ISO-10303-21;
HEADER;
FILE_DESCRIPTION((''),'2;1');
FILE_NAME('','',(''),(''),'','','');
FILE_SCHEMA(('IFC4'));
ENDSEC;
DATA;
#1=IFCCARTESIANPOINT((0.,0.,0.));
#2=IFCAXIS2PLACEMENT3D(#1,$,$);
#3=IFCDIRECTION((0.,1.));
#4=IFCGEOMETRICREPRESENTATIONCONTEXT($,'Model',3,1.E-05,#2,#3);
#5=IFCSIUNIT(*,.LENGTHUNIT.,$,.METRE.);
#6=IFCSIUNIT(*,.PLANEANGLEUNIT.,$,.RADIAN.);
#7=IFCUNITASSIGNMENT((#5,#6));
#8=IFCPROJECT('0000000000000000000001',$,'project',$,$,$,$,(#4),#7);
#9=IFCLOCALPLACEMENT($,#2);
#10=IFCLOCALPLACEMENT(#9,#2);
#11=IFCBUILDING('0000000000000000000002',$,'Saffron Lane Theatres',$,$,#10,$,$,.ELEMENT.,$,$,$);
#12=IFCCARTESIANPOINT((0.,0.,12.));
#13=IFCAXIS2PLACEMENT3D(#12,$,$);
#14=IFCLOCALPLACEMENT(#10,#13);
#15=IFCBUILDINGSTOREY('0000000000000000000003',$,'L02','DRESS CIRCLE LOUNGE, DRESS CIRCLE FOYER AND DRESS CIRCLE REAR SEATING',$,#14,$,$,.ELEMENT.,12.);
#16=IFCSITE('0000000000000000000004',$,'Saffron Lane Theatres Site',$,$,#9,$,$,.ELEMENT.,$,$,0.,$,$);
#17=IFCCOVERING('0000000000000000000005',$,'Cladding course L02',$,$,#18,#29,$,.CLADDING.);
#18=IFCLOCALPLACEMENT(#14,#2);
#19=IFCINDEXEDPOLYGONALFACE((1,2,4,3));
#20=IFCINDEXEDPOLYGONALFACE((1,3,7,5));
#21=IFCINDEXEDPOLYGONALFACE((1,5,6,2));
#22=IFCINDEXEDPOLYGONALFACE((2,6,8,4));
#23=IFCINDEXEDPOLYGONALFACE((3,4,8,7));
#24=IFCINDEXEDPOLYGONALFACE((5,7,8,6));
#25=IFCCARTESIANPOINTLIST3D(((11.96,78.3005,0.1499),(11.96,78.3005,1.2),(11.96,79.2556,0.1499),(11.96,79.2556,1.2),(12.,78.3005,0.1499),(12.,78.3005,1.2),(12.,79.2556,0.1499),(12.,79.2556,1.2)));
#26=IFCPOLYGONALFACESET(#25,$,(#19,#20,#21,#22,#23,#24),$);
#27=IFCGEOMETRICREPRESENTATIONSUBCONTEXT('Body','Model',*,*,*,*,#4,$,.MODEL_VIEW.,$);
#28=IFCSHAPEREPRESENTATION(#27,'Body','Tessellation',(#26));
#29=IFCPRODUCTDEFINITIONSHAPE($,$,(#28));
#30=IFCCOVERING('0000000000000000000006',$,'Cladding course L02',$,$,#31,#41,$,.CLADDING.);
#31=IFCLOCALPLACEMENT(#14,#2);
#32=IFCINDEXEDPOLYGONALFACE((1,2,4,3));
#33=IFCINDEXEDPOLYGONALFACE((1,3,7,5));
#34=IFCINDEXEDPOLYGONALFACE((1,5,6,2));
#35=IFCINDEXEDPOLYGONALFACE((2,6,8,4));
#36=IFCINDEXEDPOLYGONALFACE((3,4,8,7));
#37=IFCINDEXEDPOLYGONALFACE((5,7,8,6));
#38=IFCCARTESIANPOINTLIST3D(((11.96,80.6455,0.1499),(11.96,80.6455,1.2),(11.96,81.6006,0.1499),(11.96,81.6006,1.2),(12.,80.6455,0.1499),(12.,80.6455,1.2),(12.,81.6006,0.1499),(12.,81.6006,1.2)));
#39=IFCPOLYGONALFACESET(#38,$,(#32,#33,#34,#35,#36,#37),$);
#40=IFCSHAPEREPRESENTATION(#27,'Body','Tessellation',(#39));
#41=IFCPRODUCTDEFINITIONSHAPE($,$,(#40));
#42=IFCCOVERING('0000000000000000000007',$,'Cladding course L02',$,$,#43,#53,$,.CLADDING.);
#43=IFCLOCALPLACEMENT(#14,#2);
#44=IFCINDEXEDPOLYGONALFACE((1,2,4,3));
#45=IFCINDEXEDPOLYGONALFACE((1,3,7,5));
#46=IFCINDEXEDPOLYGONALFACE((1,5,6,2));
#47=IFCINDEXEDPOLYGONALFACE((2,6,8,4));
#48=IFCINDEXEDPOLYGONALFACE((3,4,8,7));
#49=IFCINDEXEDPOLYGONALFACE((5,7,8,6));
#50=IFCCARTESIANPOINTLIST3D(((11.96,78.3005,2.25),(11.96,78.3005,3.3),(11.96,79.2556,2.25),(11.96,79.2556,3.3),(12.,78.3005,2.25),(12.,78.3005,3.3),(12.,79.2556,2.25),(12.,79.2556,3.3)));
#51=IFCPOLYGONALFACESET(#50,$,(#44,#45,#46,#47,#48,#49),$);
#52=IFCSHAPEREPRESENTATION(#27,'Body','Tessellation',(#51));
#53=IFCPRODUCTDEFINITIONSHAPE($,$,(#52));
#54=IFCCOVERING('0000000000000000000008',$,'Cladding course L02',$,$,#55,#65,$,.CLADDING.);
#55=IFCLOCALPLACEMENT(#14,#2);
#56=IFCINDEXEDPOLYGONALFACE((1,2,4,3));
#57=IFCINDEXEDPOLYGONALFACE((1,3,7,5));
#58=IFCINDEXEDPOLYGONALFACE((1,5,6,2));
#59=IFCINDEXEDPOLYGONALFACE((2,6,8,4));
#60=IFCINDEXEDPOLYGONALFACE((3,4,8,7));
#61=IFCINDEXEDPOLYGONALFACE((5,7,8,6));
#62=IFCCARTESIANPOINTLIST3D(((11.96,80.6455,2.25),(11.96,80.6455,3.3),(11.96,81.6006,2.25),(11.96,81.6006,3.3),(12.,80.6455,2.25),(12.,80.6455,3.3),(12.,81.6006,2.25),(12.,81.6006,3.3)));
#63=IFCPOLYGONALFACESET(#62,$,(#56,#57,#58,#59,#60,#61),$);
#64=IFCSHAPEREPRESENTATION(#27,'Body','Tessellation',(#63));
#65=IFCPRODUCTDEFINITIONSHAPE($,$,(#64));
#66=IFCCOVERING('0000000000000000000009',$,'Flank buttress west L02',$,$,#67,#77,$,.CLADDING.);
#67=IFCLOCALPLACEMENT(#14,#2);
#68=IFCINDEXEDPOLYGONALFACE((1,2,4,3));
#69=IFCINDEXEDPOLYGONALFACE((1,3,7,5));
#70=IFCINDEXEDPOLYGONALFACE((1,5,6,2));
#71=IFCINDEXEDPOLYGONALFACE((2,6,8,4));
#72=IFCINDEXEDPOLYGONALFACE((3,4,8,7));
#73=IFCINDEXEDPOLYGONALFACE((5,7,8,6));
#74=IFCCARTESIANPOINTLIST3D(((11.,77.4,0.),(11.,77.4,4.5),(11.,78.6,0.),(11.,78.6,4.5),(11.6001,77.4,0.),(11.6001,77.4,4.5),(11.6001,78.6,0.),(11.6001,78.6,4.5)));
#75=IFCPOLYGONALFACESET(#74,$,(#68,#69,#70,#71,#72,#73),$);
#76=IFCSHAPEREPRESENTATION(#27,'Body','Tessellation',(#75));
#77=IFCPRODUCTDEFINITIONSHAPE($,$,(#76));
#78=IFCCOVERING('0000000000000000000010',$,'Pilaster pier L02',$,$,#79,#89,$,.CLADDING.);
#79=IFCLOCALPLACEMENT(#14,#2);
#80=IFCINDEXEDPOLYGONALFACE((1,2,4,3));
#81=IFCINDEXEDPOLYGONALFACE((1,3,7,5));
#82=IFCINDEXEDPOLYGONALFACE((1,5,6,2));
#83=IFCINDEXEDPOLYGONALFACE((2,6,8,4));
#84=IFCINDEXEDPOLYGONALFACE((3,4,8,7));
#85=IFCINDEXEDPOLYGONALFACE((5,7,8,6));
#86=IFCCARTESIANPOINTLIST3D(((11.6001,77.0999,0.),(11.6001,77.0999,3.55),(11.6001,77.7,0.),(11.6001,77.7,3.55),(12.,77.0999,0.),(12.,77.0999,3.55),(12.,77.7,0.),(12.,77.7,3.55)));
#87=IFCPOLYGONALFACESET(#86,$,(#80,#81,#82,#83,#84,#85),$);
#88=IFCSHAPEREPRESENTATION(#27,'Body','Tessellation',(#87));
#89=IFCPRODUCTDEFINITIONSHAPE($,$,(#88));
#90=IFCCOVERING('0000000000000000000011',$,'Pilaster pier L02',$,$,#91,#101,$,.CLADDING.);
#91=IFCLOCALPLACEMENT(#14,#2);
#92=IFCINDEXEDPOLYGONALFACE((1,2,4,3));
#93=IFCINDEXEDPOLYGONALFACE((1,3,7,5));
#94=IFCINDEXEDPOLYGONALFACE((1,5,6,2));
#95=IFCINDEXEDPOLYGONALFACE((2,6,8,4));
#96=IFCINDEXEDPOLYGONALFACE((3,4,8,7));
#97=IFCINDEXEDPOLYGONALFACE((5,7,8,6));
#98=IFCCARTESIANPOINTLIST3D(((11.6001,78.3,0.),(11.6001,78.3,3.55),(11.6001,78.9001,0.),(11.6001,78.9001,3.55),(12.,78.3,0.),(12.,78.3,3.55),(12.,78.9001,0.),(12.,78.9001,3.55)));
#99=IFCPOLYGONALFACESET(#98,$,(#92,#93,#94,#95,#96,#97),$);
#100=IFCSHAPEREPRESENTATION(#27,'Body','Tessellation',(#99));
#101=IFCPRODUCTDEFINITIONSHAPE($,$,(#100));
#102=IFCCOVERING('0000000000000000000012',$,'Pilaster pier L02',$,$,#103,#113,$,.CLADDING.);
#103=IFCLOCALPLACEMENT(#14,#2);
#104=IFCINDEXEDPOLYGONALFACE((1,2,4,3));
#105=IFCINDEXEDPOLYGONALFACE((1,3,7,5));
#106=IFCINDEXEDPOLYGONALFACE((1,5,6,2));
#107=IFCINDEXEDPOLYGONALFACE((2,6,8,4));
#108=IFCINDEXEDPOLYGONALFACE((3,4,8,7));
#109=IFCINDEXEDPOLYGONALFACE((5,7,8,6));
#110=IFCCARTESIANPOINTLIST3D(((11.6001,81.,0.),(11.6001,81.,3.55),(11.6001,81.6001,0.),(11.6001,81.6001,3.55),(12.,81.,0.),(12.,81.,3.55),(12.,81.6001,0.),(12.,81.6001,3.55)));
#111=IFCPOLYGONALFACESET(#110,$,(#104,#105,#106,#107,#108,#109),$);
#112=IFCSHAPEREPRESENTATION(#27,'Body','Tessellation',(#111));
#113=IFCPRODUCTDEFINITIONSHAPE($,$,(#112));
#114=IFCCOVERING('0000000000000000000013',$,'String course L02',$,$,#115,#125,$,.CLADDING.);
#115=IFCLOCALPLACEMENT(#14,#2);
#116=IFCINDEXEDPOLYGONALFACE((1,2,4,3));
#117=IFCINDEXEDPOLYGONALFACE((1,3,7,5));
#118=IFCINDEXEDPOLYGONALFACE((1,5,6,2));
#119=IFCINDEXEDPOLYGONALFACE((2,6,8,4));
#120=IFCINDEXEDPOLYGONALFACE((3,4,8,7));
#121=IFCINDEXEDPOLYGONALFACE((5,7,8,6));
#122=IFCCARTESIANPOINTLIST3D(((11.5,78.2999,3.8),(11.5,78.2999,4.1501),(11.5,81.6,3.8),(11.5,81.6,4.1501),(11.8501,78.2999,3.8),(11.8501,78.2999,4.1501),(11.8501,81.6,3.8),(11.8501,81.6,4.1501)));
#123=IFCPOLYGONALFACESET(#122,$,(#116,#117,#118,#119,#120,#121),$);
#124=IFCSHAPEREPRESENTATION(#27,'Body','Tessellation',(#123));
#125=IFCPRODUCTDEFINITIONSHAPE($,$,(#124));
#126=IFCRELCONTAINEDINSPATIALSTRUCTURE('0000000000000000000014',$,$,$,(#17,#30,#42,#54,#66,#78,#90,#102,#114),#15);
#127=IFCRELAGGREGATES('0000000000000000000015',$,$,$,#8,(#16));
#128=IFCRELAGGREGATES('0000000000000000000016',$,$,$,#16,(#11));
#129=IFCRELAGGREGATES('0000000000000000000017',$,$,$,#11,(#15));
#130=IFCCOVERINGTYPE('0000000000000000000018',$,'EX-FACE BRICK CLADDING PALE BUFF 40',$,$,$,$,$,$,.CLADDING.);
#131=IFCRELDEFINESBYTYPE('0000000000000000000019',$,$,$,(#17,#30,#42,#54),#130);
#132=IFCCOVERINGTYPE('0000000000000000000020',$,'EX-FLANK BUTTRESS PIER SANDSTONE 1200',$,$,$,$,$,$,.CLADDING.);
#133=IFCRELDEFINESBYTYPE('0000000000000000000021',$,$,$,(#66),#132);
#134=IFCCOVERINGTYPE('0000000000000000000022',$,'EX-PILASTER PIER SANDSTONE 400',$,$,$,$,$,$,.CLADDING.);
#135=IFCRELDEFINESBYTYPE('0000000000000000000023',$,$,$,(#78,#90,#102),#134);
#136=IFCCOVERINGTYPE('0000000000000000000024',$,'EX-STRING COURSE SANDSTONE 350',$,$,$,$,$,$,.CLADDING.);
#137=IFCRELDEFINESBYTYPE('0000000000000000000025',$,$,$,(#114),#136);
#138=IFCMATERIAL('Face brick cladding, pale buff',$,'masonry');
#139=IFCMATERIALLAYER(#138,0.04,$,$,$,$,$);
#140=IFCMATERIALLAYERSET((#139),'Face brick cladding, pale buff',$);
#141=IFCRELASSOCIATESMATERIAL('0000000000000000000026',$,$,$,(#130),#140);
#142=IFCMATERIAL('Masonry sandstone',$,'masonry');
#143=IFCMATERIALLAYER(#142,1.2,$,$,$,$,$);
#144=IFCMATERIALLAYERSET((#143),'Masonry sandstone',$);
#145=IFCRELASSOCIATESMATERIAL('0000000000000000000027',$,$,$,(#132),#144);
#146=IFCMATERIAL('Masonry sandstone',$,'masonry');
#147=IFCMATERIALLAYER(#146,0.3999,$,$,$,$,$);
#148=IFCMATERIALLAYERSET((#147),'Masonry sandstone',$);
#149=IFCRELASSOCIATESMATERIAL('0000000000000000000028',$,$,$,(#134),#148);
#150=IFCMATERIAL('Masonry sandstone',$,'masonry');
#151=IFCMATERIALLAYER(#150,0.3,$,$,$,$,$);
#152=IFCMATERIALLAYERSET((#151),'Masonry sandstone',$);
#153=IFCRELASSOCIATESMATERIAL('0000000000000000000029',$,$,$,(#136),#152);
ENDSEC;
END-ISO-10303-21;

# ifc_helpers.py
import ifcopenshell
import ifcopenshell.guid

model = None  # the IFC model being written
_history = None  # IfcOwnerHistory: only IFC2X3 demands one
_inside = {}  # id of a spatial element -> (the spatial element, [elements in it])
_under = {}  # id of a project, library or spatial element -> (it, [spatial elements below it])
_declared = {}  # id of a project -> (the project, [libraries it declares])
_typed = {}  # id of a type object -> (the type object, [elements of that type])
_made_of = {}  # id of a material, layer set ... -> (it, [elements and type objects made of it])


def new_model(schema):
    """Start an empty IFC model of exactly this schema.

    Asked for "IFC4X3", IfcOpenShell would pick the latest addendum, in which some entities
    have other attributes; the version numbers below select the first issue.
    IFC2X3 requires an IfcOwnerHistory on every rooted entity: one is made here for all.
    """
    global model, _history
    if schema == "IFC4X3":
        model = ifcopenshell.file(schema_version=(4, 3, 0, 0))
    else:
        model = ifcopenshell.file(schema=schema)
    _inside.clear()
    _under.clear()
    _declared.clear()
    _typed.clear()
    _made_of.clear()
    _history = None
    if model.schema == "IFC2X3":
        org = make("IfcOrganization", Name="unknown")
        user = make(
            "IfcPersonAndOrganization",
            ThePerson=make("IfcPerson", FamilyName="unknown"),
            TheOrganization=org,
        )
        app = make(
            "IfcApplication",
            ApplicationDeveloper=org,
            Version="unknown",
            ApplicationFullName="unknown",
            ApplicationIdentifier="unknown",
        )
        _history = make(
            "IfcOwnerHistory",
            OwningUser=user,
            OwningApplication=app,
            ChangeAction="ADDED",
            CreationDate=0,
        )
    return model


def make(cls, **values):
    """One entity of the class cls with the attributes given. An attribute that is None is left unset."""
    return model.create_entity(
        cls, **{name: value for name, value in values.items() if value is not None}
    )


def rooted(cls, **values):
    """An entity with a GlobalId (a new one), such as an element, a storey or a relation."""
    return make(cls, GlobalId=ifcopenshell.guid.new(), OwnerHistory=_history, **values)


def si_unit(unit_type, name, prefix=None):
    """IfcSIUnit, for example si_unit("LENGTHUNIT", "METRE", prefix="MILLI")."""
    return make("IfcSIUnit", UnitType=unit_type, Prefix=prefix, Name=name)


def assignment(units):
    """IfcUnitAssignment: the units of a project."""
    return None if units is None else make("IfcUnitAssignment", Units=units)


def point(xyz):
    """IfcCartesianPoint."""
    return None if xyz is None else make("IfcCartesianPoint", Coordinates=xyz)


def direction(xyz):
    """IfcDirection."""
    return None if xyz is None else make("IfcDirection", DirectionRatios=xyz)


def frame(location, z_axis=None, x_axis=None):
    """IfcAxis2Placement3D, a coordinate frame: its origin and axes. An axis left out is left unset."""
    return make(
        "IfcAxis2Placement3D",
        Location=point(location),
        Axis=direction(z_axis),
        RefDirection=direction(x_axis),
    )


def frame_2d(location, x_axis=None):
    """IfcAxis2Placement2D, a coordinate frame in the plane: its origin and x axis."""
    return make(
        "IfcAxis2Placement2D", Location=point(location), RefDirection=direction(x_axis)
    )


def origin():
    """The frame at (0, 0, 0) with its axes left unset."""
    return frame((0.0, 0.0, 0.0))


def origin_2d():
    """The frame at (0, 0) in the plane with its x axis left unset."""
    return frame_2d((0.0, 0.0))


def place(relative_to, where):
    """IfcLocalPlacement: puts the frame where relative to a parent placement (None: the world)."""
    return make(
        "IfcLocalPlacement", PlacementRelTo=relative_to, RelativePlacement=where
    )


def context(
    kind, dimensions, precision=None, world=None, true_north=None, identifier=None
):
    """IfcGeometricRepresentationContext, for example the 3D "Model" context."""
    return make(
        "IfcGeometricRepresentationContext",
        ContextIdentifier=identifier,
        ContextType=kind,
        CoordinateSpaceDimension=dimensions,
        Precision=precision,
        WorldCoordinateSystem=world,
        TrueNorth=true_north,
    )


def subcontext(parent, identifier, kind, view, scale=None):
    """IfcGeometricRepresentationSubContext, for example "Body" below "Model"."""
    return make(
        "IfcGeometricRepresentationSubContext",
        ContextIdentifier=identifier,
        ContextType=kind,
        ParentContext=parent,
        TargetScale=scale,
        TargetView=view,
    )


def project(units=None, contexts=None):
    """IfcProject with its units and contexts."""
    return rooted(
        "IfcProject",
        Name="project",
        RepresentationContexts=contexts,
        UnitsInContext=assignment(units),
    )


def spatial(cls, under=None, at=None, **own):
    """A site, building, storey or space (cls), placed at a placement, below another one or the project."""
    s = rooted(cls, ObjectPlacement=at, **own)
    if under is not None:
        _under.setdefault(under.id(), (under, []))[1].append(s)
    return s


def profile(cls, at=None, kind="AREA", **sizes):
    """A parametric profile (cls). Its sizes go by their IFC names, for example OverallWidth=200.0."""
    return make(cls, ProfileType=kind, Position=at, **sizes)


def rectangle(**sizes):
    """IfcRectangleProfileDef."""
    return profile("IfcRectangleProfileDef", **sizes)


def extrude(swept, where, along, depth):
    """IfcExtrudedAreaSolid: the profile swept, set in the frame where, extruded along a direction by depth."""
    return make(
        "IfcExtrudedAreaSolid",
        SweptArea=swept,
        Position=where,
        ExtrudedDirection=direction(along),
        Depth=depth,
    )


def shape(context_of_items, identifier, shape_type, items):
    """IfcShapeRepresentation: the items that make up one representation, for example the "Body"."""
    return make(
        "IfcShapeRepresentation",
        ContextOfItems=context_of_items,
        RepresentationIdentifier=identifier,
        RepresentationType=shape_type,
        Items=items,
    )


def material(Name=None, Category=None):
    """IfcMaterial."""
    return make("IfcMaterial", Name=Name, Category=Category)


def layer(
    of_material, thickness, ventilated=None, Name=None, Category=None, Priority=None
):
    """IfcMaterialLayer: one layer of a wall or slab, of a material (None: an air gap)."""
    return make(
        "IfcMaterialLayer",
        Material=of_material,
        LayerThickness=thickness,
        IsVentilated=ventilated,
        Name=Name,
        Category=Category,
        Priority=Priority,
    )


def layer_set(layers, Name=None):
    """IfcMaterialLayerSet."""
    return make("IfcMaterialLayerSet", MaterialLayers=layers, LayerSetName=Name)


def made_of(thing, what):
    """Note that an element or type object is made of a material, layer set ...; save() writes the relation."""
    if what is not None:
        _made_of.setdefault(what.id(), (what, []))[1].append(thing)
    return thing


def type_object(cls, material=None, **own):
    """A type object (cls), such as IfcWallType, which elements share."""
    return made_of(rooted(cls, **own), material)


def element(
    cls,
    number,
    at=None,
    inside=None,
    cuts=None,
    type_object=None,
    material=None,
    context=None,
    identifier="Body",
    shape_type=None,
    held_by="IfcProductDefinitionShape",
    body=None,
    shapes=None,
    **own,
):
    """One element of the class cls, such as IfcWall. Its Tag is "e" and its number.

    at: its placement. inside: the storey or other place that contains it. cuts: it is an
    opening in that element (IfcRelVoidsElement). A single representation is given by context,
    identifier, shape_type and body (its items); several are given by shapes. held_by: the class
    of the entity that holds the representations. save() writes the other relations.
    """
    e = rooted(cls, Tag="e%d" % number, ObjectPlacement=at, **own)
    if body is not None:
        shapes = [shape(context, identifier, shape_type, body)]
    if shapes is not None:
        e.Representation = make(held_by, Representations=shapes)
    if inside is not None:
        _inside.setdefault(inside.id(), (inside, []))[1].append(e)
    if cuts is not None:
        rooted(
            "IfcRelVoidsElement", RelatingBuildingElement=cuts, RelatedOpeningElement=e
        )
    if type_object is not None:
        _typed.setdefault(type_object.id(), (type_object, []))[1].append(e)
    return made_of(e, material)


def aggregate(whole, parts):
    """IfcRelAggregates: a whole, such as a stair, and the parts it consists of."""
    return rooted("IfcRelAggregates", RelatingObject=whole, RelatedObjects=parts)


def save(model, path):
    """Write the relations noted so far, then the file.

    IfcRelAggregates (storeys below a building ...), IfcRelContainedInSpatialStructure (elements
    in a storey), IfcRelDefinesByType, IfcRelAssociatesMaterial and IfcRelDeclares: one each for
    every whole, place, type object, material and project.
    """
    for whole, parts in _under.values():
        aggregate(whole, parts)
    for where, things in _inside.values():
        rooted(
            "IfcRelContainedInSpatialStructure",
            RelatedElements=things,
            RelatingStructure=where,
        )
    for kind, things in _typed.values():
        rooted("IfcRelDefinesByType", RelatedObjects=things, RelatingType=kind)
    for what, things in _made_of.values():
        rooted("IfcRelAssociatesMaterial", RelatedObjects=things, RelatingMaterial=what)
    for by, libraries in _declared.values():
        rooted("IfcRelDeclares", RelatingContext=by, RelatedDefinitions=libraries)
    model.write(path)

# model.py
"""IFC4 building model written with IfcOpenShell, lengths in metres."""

from ifc_helpers import new_model, si_unit, direction, frame, origin, origin_2d, place, context, subcontext, project, spatial, rectangle, extrude, material, layer, layer_set, type_object, element, save


model = new_model("IFC4")

# Units and contexts
model_context = context("Model", 3, precision=1e-05, world=origin(), true_north=direction((0.0, 1.0)))
body_context = subcontext(model_context, "Body", "Model", "MODEL_VIEW")
ifc_project = project(units=[si_unit("LENGTHUNIT", "METRE"), si_unit("PLANEANGLEUNIT", "RADIAN")], contexts=[model_context])

# Site, building, storey
site_placement = place(None, origin())
site = spatial("IfcSite", under=ifc_project, at=site_placement, Name="Saffron Lane Theatres Site", CompositionType="ELEMENT", RefElevation=0.0)
building_placement = place(site_placement, origin())
building = spatial("IfcBuilding", under=site, at=building_placement, Name="Saffron Lane Theatres", CompositionType="ELEMENT")
storey_placement = place(building_placement, frame((0.0, 0.0, 12.0)))
storey = spatial("IfcBuildingStorey", under=building, at=storey_placement, Name="L02", Description="DRESS CIRCLE LOUNGE, DRESS CIRCLE FOYER AND DRESS CIRCLE REAR SEATING", CompositionType="ELEMENT", Elevation=12.0)

# Coverings
ifc_material_1 = material(Name="Face brick cladding, pale buff", Category="masonry")
ifc_layer_1 = layer(ifc_material_1, 0.04)
ifc_layer_set_1 = layer_set([ifc_layer_1], Name="Face brick cladding, pale buff")
covering_type_1 = type_object("IfcCoveringType", Name="EX-FACE BRICK CLADDING PALE BUFF 40", PredefinedType="CLADDING", material=ifc_layer_set_1)
for number, where, z_axis, x_axis, name in (
    (1, (11.98, 78.7781, 0.1499), (0.0, 0.0, 1.0), (0.0, 1.0, 0.0), "Cladding course L02"),
    (2, (11.98, 81.123, 0.1499), (0.0, 0.0, 1.0), (0.0, 1.0, 0.0), "Cladding course L02"),
    (3, (11.98, 78.7781, 2.25), (0.0, 0.0, 1.0), (0.0, 1.0, 0.0), "Cladding course L02"),
    (4, (11.98, 81.123, 2.25), (0.0, 0.0, 1.0), (0.0, 1.0, 0.0), "Cladding course L02"),
):
    element("IfcCovering", number, at=place(storey_placement, frame(where, z_axis=z_axis, x_axis=x_axis)), inside=storey, type_object=covering_type_1, Name=name, PredefinedType="CLADDING", context=body_context, shape_type="SweptSolid", body=[
        extrude(rectangle(XDim=0.9551, YDim=0.04, at=origin_2d()), origin(), (0.0, 0.0, 1.0), 1.05),
    ])
ifc_material_2 = material(Name="Masonry sandstone", Category="masonry")
ifc_layer_2 = layer(ifc_material_2, 1.2)
ifc_layer_set_2 = layer_set([ifc_layer_2], Name="Masonry sandstone")
covering_type_2 = type_object("IfcCoveringType", Name="EX-FLANK BUTTRESS PIER SANDSTONE 1200", PredefinedType="CLADDING", material=ifc_layer_set_2)
covering_1_placement = place(storey_placement, frame((11.3, 78.0, 0.0), z_axis=(0.0, 0.0, 1.0), x_axis=(0.0, 1.0, 0.0)))
element("IfcCovering", 5, at=covering_1_placement, inside=storey, type_object=covering_type_2, Name="Flank buttress west L02", PredefinedType="CLADDING", context=body_context, shape_type="SweptSolid", body=[
    extrude(rectangle(XDim=1.2, YDim=0.6001, at=origin_2d()), origin(), (0.0, 0.0, 1.0), 4.5),
])
ifc_material_3 = material(Name="Masonry sandstone", Category="masonry")
ifc_layer_3 = layer(ifc_material_3, 0.3999)
ifc_layer_set_3 = layer_set([ifc_layer_3], Name="Masonry sandstone")
covering_type_3 = type_object("IfcCoveringType", Name="EX-PILASTER PIER SANDSTONE 400", PredefinedType="CLADDING", material=ifc_layer_set_3)
for number, where, z_axis, x_axis, name in (
    (6, (11.8, 77.3999, 0.0), (0.0, 0.0, 1.0), (0.0, 1.0, 0.0), "Pilaster pier L02"),
    (7, (11.8, 78.6001, 0.0), (0.0, 0.0, 1.0), (0.0, 1.0, 0.0), "Pilaster pier L02"),
    (8, (11.8, 81.3, 0.0), (0.0, 0.0, 1.0), (0.0, 1.0, 0.0), "Pilaster pier L02"),
):
    element("IfcCovering", number, at=place(storey_placement, frame(where, z_axis=z_axis, x_axis=x_axis)), inside=storey, type_object=covering_type_3, Name=name, PredefinedType="CLADDING", context=body_context, shape_type="SweptSolid", body=[
        extrude(rectangle(XDim=0.6001, YDim=0.3999, at=origin_2d()), origin(), (0.0, 0.0, 1.0), 3.55),
    ])
ifc_material_4 = material(Name="Masonry sandstone", Category="masonry")
ifc_layer_4 = layer(ifc_material_4, 0.3)
ifc_layer_set_4 = layer_set([ifc_layer_4], Name="Masonry sandstone")
covering_type_4 = type_object("IfcCoveringType", Name="EX-STRING COURSE SANDSTONE 350", PredefinedType="CLADDING", material=ifc_layer_set_4)
covering_2_placement = place(storey_placement, frame((11.675, 79.95, 3.8), z_axis=(0.0, 0.0, 1.0), x_axis=(0.0, 1.0, 0.0)))
element("IfcCovering", 9, at=covering_2_placement, inside=storey, type_object=covering_type_4, Name="String course L02", PredefinedType="CLADDING", context=body_context, shape_type="SweptSolid", body=[
    extrude(rectangle(XDim=3.3, YDim=0.3501, at=origin_2d()), origin(), (0.0, 0.0, 1.0), 0.3501),
])

save(model, "model.ifc")
